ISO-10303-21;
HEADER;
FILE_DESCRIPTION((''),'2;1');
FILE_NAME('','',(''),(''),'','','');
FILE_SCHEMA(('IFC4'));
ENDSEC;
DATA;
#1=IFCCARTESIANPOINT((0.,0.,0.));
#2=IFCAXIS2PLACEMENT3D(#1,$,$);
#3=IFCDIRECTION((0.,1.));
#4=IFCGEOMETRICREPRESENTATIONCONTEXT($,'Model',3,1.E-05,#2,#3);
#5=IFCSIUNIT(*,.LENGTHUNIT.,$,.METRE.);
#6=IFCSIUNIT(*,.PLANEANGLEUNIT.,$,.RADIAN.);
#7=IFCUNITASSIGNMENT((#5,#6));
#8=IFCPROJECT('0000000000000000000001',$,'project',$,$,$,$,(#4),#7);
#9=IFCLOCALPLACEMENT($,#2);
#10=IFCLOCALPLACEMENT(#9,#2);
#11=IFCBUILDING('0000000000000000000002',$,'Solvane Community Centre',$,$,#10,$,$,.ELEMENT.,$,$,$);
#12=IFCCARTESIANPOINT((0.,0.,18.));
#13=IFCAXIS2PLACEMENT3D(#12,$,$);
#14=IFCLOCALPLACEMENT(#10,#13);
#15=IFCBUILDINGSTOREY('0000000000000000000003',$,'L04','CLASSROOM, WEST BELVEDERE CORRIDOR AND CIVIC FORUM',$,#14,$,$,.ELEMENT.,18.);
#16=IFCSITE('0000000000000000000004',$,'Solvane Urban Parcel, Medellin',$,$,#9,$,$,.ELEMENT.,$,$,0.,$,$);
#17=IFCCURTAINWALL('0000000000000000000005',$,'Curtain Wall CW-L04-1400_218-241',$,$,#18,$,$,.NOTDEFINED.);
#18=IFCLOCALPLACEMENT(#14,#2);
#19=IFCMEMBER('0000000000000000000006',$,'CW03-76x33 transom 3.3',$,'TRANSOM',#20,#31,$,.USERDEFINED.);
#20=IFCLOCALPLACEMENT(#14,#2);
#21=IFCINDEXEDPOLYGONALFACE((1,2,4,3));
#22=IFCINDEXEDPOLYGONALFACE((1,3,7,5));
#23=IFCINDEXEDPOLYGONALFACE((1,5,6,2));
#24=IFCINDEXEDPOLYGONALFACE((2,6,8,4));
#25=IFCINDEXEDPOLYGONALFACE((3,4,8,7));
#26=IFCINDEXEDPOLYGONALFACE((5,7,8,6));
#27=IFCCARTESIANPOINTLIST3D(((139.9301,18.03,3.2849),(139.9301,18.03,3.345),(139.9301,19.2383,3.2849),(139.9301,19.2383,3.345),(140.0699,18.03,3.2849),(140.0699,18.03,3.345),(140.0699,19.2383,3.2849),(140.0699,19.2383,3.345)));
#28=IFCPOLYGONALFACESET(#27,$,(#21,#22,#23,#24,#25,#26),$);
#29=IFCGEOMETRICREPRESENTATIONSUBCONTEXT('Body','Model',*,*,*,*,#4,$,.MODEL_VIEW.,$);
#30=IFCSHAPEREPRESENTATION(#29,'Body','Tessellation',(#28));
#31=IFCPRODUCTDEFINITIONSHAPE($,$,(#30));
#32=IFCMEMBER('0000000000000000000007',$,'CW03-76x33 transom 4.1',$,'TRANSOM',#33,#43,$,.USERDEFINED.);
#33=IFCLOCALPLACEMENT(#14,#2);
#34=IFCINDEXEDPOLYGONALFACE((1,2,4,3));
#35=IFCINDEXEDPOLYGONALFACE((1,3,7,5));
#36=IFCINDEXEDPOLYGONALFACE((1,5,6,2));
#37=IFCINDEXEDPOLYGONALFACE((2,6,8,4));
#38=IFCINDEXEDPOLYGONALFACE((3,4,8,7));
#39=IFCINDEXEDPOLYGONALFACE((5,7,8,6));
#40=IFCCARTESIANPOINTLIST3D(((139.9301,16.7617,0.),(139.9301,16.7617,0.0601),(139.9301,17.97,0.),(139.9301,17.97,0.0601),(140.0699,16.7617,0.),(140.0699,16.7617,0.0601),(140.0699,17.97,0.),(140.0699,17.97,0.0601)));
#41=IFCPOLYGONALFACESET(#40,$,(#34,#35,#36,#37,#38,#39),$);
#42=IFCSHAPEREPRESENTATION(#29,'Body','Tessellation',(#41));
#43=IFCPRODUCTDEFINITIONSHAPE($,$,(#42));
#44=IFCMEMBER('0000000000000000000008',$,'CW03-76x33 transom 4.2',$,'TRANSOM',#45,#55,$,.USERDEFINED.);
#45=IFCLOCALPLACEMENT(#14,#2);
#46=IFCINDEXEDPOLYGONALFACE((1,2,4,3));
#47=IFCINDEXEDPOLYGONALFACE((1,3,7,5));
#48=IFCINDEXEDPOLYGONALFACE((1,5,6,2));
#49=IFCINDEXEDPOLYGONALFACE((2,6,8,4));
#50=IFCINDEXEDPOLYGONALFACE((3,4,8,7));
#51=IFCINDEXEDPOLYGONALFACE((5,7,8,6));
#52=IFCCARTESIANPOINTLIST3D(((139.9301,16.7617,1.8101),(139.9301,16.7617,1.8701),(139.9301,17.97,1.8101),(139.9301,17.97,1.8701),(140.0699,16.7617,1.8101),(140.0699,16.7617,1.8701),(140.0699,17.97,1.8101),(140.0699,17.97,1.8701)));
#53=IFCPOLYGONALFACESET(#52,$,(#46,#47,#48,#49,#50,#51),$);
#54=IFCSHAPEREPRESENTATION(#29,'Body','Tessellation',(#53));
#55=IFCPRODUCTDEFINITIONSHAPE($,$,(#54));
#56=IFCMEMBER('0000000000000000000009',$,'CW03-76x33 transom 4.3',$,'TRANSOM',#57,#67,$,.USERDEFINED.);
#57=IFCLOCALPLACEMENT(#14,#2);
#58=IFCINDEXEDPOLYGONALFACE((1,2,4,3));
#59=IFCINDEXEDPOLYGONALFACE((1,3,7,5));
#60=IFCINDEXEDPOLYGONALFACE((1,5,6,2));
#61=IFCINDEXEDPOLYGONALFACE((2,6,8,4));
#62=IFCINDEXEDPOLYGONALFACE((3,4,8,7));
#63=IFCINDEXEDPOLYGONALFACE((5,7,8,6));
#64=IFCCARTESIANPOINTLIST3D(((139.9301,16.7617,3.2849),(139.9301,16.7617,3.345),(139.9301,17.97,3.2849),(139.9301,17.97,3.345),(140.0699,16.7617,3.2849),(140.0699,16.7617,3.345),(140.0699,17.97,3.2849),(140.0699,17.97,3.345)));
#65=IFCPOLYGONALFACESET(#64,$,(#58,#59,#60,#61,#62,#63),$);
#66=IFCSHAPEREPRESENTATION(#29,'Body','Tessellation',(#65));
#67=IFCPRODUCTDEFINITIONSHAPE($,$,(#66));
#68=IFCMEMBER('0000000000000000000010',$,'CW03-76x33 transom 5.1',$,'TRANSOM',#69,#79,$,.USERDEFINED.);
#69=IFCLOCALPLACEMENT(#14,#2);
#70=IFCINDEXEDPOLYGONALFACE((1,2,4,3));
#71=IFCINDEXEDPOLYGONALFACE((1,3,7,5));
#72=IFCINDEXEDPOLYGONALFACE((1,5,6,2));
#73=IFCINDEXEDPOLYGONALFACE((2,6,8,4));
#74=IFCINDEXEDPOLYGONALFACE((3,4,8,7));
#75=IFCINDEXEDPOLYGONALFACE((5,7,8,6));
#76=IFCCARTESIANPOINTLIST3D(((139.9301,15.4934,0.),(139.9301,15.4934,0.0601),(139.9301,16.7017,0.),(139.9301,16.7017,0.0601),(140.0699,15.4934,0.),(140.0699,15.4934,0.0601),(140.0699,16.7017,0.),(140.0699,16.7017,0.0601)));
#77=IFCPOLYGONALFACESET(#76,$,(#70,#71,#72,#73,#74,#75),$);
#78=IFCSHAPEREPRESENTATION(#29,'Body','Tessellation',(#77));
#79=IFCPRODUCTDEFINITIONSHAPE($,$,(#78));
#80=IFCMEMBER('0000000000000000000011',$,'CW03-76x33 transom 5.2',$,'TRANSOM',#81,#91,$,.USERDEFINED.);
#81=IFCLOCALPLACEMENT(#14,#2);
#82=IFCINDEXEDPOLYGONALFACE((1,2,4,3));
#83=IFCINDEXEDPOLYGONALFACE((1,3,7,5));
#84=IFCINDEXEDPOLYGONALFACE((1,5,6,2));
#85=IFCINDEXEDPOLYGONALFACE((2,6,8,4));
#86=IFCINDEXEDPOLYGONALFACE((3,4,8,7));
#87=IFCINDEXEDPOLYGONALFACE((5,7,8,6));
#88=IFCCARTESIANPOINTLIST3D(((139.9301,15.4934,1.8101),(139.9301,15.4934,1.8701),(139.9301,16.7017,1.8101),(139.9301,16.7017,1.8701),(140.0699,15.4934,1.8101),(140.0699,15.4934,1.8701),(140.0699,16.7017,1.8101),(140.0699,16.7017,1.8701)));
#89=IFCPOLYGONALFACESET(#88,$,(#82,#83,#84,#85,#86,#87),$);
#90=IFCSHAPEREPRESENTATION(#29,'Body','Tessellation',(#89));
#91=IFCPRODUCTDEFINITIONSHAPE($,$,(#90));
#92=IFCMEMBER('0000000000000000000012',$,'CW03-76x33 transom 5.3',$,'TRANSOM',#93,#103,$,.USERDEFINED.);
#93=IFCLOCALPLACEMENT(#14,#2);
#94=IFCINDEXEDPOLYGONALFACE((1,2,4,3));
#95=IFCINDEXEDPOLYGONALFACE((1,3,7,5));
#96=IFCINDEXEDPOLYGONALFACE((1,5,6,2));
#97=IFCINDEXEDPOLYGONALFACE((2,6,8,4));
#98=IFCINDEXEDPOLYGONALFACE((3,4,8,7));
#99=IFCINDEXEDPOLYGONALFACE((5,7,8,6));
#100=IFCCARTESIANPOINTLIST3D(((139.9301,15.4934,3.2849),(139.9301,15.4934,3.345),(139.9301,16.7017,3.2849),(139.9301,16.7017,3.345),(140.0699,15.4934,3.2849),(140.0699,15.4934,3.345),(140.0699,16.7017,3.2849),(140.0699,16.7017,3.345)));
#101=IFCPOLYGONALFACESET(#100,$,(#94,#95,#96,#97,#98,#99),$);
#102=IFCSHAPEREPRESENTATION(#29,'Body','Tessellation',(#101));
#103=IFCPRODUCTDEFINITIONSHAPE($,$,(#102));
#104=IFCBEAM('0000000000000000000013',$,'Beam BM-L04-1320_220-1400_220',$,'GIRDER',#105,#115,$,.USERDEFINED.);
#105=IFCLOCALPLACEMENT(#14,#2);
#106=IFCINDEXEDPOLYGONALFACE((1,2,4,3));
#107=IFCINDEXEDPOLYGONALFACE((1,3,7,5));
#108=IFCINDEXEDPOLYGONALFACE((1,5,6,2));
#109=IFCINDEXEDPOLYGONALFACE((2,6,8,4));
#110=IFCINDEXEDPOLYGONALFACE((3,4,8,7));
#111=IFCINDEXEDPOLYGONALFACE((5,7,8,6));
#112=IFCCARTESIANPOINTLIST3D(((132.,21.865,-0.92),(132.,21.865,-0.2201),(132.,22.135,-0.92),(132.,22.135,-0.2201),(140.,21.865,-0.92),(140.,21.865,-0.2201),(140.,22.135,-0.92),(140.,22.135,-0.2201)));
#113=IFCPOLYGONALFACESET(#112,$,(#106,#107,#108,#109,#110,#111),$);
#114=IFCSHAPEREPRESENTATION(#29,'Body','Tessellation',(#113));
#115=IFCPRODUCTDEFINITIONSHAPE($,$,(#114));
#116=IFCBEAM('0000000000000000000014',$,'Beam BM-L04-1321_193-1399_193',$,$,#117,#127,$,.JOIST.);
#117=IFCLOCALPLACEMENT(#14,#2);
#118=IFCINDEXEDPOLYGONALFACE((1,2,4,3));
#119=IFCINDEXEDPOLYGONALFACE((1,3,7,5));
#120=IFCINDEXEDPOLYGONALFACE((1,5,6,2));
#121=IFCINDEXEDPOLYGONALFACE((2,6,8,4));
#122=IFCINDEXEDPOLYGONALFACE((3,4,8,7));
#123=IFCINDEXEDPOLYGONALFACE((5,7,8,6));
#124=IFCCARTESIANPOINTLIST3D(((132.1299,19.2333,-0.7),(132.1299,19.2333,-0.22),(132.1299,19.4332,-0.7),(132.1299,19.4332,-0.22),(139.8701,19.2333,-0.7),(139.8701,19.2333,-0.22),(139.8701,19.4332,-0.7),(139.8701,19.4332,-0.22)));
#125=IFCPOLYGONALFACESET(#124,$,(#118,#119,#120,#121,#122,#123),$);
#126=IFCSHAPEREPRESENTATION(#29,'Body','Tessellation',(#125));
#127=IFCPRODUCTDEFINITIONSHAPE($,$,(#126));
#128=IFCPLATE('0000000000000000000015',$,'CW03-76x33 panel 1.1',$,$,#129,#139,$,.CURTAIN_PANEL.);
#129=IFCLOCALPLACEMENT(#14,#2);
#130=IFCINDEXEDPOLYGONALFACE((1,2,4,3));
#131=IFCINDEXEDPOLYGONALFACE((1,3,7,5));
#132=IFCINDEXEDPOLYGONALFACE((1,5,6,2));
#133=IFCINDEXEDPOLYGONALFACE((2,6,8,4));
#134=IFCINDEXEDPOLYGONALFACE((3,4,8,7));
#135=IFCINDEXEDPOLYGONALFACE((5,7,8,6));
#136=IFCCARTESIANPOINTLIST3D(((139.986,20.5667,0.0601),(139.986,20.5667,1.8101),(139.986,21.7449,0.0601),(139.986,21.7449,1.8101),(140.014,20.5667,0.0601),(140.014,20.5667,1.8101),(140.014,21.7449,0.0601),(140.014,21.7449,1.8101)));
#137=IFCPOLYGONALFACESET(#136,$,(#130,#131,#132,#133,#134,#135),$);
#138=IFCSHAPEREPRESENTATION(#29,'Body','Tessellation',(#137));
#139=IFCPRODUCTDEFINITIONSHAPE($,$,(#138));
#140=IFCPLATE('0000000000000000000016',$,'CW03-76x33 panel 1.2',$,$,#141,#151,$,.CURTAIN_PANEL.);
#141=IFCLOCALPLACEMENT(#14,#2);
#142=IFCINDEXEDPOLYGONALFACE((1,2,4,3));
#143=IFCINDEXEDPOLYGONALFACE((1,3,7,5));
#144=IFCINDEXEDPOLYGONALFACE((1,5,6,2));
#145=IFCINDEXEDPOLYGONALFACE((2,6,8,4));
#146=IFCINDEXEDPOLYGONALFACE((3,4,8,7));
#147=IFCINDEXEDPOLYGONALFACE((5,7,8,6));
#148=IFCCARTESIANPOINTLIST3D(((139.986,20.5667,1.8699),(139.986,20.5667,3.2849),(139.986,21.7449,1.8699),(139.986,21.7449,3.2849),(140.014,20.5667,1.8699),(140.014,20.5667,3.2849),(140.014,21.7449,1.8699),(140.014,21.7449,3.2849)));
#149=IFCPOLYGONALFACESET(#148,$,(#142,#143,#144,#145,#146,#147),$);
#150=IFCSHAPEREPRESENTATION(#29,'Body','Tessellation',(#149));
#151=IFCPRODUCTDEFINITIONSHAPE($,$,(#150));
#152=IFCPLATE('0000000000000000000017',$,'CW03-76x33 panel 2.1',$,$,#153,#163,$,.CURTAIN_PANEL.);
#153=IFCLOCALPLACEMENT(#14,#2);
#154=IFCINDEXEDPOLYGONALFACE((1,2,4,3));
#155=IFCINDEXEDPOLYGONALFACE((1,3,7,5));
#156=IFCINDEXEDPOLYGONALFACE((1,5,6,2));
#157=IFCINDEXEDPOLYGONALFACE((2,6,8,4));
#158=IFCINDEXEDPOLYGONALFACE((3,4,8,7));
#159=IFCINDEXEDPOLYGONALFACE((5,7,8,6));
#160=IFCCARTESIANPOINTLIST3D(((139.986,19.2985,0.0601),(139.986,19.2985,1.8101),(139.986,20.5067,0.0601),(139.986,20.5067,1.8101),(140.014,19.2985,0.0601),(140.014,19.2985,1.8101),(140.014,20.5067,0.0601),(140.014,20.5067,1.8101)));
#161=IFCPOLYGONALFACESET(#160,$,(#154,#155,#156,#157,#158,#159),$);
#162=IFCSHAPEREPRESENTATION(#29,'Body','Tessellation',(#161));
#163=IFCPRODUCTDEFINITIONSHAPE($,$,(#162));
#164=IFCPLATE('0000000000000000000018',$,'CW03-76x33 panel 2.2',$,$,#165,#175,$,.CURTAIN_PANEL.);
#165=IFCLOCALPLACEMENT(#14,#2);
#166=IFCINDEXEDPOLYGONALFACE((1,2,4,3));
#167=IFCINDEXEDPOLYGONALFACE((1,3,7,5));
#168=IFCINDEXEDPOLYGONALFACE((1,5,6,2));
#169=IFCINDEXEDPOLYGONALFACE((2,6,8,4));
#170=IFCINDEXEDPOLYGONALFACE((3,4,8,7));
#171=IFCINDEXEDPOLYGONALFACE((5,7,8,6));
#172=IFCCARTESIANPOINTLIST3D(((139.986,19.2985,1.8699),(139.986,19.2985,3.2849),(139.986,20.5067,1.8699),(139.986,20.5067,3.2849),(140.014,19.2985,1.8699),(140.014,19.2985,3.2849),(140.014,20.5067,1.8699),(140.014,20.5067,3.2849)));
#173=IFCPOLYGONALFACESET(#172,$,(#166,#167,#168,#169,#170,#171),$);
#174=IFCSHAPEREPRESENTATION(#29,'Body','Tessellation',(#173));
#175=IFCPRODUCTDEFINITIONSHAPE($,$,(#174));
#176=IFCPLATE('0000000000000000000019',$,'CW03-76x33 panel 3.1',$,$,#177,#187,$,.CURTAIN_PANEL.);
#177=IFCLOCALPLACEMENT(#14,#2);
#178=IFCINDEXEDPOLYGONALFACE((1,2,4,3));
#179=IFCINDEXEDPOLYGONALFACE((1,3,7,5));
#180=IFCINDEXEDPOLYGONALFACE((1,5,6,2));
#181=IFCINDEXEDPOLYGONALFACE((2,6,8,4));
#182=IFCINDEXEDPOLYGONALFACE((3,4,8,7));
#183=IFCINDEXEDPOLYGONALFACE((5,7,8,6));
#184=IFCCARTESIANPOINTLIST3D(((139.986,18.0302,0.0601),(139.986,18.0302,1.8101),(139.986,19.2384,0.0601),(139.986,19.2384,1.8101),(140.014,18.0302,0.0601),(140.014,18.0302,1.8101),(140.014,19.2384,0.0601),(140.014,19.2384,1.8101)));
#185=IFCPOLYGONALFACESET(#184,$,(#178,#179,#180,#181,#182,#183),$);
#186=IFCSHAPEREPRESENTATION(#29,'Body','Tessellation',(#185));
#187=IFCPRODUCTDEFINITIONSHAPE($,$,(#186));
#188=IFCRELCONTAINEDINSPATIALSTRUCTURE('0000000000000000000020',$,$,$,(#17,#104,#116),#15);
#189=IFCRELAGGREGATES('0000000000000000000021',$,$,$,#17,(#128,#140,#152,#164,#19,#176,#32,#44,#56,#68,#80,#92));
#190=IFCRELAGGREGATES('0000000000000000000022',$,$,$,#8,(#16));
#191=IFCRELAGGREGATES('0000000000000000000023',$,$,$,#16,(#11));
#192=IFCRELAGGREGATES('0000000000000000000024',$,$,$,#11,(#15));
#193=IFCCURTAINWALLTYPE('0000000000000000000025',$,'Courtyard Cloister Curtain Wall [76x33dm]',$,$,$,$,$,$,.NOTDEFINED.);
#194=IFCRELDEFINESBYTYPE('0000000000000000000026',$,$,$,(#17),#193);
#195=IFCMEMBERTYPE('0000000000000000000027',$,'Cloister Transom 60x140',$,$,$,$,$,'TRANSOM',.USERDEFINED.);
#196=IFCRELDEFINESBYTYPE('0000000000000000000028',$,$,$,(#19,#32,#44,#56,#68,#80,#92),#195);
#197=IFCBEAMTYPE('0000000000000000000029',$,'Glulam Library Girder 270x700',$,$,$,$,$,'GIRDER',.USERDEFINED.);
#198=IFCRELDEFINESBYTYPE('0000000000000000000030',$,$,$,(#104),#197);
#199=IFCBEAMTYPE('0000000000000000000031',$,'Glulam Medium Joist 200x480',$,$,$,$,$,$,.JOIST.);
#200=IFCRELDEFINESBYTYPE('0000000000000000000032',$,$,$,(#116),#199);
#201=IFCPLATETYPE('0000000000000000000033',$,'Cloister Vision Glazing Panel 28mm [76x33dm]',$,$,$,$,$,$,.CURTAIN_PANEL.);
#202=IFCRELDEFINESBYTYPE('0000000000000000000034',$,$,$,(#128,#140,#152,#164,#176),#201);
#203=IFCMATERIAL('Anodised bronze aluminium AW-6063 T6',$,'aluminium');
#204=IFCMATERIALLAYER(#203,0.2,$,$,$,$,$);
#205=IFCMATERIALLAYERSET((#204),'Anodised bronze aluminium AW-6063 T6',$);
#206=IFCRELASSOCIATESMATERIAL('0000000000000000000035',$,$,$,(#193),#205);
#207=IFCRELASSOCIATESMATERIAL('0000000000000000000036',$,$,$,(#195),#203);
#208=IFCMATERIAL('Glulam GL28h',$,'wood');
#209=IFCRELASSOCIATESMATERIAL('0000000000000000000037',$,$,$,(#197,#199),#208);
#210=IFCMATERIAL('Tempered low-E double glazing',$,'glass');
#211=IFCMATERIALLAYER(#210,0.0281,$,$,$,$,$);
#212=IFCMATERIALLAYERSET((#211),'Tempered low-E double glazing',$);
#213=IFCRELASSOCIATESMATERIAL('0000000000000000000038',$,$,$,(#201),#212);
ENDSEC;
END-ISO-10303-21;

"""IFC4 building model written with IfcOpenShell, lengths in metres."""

from ifc_helpers import new_model, si_unit, direction, frame, origin, origin_2d, place, context, subcontext, project, spatial, rectangle, extrude, material, layer, layer_set, material_profile, profile_set, type_object, element, aggregate, save


model = new_model("IFC4")

# Units and contexts
model_context = context("Model", 3, precision=1e-05, world=origin(), true_north=direction((0.0, 1.0)))
body_context = subcontext(model_context, "Body", "Model", "MODEL_VIEW")
ifc_project = project(units=[si_unit("LENGTHUNIT", "METRE"), si_unit("PLANEANGLEUNIT", "RADIAN")], contexts=[model_context])

# Site, building, storey
site_placement = place(None, origin())
site = spatial("IfcSite", under=ifc_project, at=site_placement, Name="Solvane Urban Parcel, Medellin", CompositionType="ELEMENT", RefElevation=0.0)
building_placement = place(site_placement, origin())
building = spatial("IfcBuilding", under=site, at=building_placement, Name="Solvane Community Centre", CompositionType="ELEMENT")
storey_placement = place(building_placement, frame((0.0, 0.0, 18.0)))
storey = spatial("IfcBuildingStorey", under=building, at=storey_placement, Name="L04", Description="CLASSROOM, WEST BELVEDERE CORRIDOR AND CIVIC FORUM", CompositionType="ELEMENT", Elevation=18.0)

# Curtain wall, members
ifc_material_1 = material(Name="Anodised bronze aluminium AW-6063 T6", Category="aluminium")
ifc_layer_1 = layer(ifc_material_1, 0.2)
ifc_layer_set_1 = layer_set([ifc_layer_1], Name="Anodised bronze aluminium AW-6063 T6")
curtain_wall_type = type_object("IfcCurtainWallType", Name="Courtyard Cloister Curtain Wall [76x33dm]", PredefinedType="NOTDEFINED", material=ifc_layer_set_1)
curtain_wall_placement = place(storey_placement, origin())
curtain_wall = element("IfcCurtainWall", 1, at=curtain_wall_placement, inside=storey, type_object=curtain_wall_type, Name="Curtain Wall CW-L04-1400_218-241", PredefinedType="NOTDEFINED")
ifc_material_profile_1 = material_profile(ifc_material_1, rectangle(XDim=0.1399, YDim=0.0601, at=origin_2d()), Name="CW-T 60x140")
ifc_profile_set_1 = profile_set([ifc_material_profile_1], Name="Anodised bronze aluminium AW-6063 T6")
member_type_1 = type_object("IfcMemberType", Name="Cloister Transom 60x140", ElementType="TRANSOM", PredefinedType="USERDEFINED", material=ifc_profile_set_1)
member_1_placement = place(storey_placement, frame((140.0, 19.2383, 3.3149), z_axis=(0.0, -1.0, 0.0), x_axis=(1.0, 0.0, 0.0)))
member_1 = element("IfcMember", 2, at=member_1_placement, type_object=member_type_1, Name="CW03-76x33 transom 3.3", ObjectType="TRANSOM", PredefinedType="USERDEFINED", context=body_context, shape_type="SweptSolid", body=[
    extrude(rectangle(XDim=0.1399, YDim=0.0601, at=origin_2d()), origin(), (0.0, 0.0, 1.0), 1.2083),
])
member_2_placement = place(storey_placement, frame((140.0, 17.97, 0.03), z_axis=(0.0, -1.0, 0.0), x_axis=(1.0, 0.0, 0.0)))
member_2 = element("IfcMember", 3, at=member_2_placement, type_object=member_type_1, Name="CW03-76x33 transom 4.1", ObjectType="TRANSOM", PredefinedType="USERDEFINED", context=body_context, shape_type="SweptSolid", body=[
    extrude(rectangle(XDim=0.1399, YDim=0.0601, at=origin_2d()), origin(), (0.0, 0.0, 1.0), 1.2083),
])
member_3_placement = place(storey_placement, frame((140.0, 17.97, 1.8401), z_axis=(0.0, -1.0, 0.0), x_axis=(1.0, 0.0, 0.0)))
member_3 = element("IfcMember", 4, at=member_3_placement, type_object=member_type_1, Name="CW03-76x33 transom 4.2", ObjectType="TRANSOM", PredefinedType="USERDEFINED", context=body_context, shape_type="SweptSolid", body=[
    extrude(rectangle(XDim=0.1399, YDim=0.0601, at=origin_2d()), origin(), (0.0, 0.0, 1.0), 1.2083),
])
member_4_placement = place(storey_placement, frame((140.0, 17.97, 3.3149), z_axis=(0.0, -1.0, 0.0), x_axis=(1.0, 0.0, 0.0)))
member_4 = element("IfcMember", 5, at=member_4_placement, type_object=member_type_1, Name="CW03-76x33 transom 4.3", ObjectType="TRANSOM", PredefinedType="USERDEFINED", context=body_context, shape_type="SweptSolid", body=[
    extrude(rectangle(XDim=0.1399, YDim=0.0601, at=origin_2d()), origin(), (0.0, 0.0, 1.0), 1.2083),
])
member_5_placement = place(storey_placement, frame((140.0, 16.7017, 0.03), z_axis=(0.0, -1.0, 0.0), x_axis=(1.0, 0.0, 0.0)))
member_5 = element("IfcMember", 6, at=member_5_placement, type_object=member_type_1, Name="CW03-76x33 transom 5.1", ObjectType="TRANSOM", PredefinedType="USERDEFINED", context=body_context, shape_type="SweptSolid", body=[
    extrude(rectangle(XDim=0.1399, YDim=0.0601, at=origin_2d()), origin(), (0.0, 0.0, 1.0), 1.2083),
])
member_6_placement = place(storey_placement, frame((140.0, 16.7017, 1.8401), z_axis=(0.0, -1.0, 0.0), x_axis=(1.0, 0.0, 0.0)))
member_6 = element("IfcMember", 7, at=member_6_placement, type_object=member_type_1, Name="CW03-76x33 transom 5.2", ObjectType="TRANSOM", PredefinedType="USERDEFINED", context=body_context, shape_type="SweptSolid", body=[
    extrude(rectangle(XDim=0.1399, YDim=0.0601, at=origin_2d()), origin(), (0.0, 0.0, 1.0), 1.2083),
])
member_7_placement = place(storey_placement, frame((140.0, 16.7017, 3.3149), z_axis=(0.0, -1.0, 0.0), x_axis=(1.0, 0.0, 0.0)))
member_7 = element("IfcMember", 8, at=member_7_placement, type_object=member_type_1, Name="CW03-76x33 transom 5.3", ObjectType="TRANSOM", PredefinedType="USERDEFINED", context=body_context, shape_type="SweptSolid", body=[
    extrude(rectangle(XDim=0.1399, YDim=0.0601, at=origin_2d()), origin(), (0.0, 0.0, 1.0), 1.2083),
])

# Beams
ifc_material_2 = material(Name="Glulam GL28h", Category="wood")
ifc_material_profile_2 = material_profile(ifc_material_2, rectangle(XDim=0.27, YDim=0.7, at=origin_2d()), Name="GL28h 270x700")
ifc_profile_set_2 = profile_set([ifc_material_profile_2], Name="Glulam GL28h")
beam_type_1 = type_object("IfcBeamType", Name="Glulam Library Girder 270x700", ElementType="GIRDER", PredefinedType="USERDEFINED", material=ifc_profile_set_2)
beam_1_placement = place(storey_placement, frame((132.0, 22.0, -0.5701), z_axis=(1.0, 0.0, 0.0), x_axis=(0.0, 1.0, 0.0)))
element("IfcBeam", 9, at=beam_1_placement, inside=storey, type_object=beam_type_1, Name="Beam BM-L04-1320_220-1400_220", ObjectType="GIRDER", PredefinedType="USERDEFINED", context=body_context, shape_type="SweptSolid", body=[
    extrude(rectangle(XDim=0.27, YDim=0.7, at=origin_2d()), origin(), (0.0, 0.0, 1.0), 8.0),
])
ifc_material_profile_3 = material_profile(ifc_material_2, rectangle(XDim=0.2, YDim=0.48, at=origin_2d()), Name="GL28h 200x480")
ifc_profile_set_3 = profile_set([ifc_material_profile_3], Name="Glulam GL28h")
beam_type_2 = type_object("IfcBeamType", Name="Glulam Medium Joist 200x480", PredefinedType="JOIST", material=ifc_profile_set_3)
beam_2_placement = place(storey_placement, frame((132.1299, 19.3333, -0.46), z_axis=(1.0, 0.0, 0.0), x_axis=(0.0, 1.0, 0.0)))
element("IfcBeam", 10, at=beam_2_placement, inside=storey, type_object=beam_type_2, Name="Beam BM-L04-1321_193-1399_193", PredefinedType="JOIST", context=body_context, shape_type="SweptSolid", body=[
    extrude(rectangle(XDim=0.2, YDim=0.48, at=origin_2d()), origin(), (0.0, 0.0, 1.0), 7.7402),
])

# Plates
ifc_material_3 = material(Name="Tempered low-E double glazing", Category="glass")
ifc_layer_2 = layer(ifc_material_3, 0.0281)
ifc_layer_set_2 = layer_set([ifc_layer_2], Name="Tempered low-E double glazing")
plate_type = type_object("IfcPlateType", Name="Cloister Vision Glazing Panel 28mm [76x33dm]", PredefinedType="CURTAIN_PANEL", material=ifc_layer_set_2)
plate_1_placement = place(storey_placement, frame((140.0, 21.1558, 0.0601), z_axis=(0.0, 0.0, 1.0), x_axis=(0.0, -1.0, 0.0)))
plate_1 = element("IfcPlate", 11, at=plate_1_placement, type_object=plate_type, Name="CW03-76x33 panel 1.1", PredefinedType="CURTAIN_PANEL", context=body_context, shape_type="SweptSolid", body=[
    extrude(rectangle(XDim=1.1782, YDim=0.0281, at=origin_2d()), origin(), (0.0, 0.0, 1.0), 1.75),
])
plate_2_placement = place(storey_placement, frame((140.0, 21.1558, 1.8699), z_axis=(0.0, 0.0, 1.0), x_axis=(0.0, -1.0, 0.0)))
plate_2 = element("IfcPlate", 12, at=plate_2_placement, type_object=plate_type, Name="CW03-76x33 panel 1.2", PredefinedType="CURTAIN_PANEL", context=body_context, shape_type="SweptSolid", body=[
    extrude(rectangle(XDim=1.1782, YDim=0.0281, at=origin_2d()), origin(), (0.0, 0.0, 1.0), 1.415),
])
plate_3_placement = place(storey_placement, frame((140.0, 19.9026, 0.0601), z_axis=(0.0, 0.0, 1.0), x_axis=(0.0, -1.0, 0.0)))
plate_3 = element("IfcPlate", 13, at=plate_3_placement, type_object=plate_type, Name="CW03-76x33 panel 2.1", PredefinedType="CURTAIN_PANEL", context=body_context, shape_type="SweptSolid", body=[
    extrude(rectangle(XDim=1.2083, YDim=0.0281, at=origin_2d()), origin(), (0.0, 0.0, 1.0), 1.75),
])
plate_4_placement = place(storey_placement, frame((140.0, 19.9026, 1.8699), z_axis=(0.0, 0.0, 1.0), x_axis=(0.0, -1.0, 0.0)))
plate_4 = element("IfcPlate", 14, at=plate_4_placement, type_object=plate_type, Name="CW03-76x33 panel 2.2", PredefinedType="CURTAIN_PANEL", context=body_context, shape_type="SweptSolid", body=[
    extrude(rectangle(XDim=1.2083, YDim=0.0281, at=origin_2d()), origin(), (0.0, 0.0, 1.0), 1.415),
])
plate_5_placement = place(storey_placement, frame((140.0, 18.6343, 0.0601), z_axis=(0.0, 0.0, 1.0), x_axis=(0.0, -1.0, 0.0)))
plate_5 = element("IfcPlate", 15, at=plate_5_placement, type_object=plate_type, Name="CW03-76x33 panel 3.1", PredefinedType="CURTAIN_PANEL", context=body_context, shape_type="SweptSolid", body=[
    extrude(rectangle(XDim=1.2083, YDim=0.0281, at=origin_2d()), origin(), (0.0, 0.0, 1.0), 1.75),
])
aggregate(curtain_wall, [plate_1, plate_2, plate_3, plate_4, member_1, plate_5, member_2, member_3, member_4, member_5, member_6, member_7])

save(model, "model.ifc")
